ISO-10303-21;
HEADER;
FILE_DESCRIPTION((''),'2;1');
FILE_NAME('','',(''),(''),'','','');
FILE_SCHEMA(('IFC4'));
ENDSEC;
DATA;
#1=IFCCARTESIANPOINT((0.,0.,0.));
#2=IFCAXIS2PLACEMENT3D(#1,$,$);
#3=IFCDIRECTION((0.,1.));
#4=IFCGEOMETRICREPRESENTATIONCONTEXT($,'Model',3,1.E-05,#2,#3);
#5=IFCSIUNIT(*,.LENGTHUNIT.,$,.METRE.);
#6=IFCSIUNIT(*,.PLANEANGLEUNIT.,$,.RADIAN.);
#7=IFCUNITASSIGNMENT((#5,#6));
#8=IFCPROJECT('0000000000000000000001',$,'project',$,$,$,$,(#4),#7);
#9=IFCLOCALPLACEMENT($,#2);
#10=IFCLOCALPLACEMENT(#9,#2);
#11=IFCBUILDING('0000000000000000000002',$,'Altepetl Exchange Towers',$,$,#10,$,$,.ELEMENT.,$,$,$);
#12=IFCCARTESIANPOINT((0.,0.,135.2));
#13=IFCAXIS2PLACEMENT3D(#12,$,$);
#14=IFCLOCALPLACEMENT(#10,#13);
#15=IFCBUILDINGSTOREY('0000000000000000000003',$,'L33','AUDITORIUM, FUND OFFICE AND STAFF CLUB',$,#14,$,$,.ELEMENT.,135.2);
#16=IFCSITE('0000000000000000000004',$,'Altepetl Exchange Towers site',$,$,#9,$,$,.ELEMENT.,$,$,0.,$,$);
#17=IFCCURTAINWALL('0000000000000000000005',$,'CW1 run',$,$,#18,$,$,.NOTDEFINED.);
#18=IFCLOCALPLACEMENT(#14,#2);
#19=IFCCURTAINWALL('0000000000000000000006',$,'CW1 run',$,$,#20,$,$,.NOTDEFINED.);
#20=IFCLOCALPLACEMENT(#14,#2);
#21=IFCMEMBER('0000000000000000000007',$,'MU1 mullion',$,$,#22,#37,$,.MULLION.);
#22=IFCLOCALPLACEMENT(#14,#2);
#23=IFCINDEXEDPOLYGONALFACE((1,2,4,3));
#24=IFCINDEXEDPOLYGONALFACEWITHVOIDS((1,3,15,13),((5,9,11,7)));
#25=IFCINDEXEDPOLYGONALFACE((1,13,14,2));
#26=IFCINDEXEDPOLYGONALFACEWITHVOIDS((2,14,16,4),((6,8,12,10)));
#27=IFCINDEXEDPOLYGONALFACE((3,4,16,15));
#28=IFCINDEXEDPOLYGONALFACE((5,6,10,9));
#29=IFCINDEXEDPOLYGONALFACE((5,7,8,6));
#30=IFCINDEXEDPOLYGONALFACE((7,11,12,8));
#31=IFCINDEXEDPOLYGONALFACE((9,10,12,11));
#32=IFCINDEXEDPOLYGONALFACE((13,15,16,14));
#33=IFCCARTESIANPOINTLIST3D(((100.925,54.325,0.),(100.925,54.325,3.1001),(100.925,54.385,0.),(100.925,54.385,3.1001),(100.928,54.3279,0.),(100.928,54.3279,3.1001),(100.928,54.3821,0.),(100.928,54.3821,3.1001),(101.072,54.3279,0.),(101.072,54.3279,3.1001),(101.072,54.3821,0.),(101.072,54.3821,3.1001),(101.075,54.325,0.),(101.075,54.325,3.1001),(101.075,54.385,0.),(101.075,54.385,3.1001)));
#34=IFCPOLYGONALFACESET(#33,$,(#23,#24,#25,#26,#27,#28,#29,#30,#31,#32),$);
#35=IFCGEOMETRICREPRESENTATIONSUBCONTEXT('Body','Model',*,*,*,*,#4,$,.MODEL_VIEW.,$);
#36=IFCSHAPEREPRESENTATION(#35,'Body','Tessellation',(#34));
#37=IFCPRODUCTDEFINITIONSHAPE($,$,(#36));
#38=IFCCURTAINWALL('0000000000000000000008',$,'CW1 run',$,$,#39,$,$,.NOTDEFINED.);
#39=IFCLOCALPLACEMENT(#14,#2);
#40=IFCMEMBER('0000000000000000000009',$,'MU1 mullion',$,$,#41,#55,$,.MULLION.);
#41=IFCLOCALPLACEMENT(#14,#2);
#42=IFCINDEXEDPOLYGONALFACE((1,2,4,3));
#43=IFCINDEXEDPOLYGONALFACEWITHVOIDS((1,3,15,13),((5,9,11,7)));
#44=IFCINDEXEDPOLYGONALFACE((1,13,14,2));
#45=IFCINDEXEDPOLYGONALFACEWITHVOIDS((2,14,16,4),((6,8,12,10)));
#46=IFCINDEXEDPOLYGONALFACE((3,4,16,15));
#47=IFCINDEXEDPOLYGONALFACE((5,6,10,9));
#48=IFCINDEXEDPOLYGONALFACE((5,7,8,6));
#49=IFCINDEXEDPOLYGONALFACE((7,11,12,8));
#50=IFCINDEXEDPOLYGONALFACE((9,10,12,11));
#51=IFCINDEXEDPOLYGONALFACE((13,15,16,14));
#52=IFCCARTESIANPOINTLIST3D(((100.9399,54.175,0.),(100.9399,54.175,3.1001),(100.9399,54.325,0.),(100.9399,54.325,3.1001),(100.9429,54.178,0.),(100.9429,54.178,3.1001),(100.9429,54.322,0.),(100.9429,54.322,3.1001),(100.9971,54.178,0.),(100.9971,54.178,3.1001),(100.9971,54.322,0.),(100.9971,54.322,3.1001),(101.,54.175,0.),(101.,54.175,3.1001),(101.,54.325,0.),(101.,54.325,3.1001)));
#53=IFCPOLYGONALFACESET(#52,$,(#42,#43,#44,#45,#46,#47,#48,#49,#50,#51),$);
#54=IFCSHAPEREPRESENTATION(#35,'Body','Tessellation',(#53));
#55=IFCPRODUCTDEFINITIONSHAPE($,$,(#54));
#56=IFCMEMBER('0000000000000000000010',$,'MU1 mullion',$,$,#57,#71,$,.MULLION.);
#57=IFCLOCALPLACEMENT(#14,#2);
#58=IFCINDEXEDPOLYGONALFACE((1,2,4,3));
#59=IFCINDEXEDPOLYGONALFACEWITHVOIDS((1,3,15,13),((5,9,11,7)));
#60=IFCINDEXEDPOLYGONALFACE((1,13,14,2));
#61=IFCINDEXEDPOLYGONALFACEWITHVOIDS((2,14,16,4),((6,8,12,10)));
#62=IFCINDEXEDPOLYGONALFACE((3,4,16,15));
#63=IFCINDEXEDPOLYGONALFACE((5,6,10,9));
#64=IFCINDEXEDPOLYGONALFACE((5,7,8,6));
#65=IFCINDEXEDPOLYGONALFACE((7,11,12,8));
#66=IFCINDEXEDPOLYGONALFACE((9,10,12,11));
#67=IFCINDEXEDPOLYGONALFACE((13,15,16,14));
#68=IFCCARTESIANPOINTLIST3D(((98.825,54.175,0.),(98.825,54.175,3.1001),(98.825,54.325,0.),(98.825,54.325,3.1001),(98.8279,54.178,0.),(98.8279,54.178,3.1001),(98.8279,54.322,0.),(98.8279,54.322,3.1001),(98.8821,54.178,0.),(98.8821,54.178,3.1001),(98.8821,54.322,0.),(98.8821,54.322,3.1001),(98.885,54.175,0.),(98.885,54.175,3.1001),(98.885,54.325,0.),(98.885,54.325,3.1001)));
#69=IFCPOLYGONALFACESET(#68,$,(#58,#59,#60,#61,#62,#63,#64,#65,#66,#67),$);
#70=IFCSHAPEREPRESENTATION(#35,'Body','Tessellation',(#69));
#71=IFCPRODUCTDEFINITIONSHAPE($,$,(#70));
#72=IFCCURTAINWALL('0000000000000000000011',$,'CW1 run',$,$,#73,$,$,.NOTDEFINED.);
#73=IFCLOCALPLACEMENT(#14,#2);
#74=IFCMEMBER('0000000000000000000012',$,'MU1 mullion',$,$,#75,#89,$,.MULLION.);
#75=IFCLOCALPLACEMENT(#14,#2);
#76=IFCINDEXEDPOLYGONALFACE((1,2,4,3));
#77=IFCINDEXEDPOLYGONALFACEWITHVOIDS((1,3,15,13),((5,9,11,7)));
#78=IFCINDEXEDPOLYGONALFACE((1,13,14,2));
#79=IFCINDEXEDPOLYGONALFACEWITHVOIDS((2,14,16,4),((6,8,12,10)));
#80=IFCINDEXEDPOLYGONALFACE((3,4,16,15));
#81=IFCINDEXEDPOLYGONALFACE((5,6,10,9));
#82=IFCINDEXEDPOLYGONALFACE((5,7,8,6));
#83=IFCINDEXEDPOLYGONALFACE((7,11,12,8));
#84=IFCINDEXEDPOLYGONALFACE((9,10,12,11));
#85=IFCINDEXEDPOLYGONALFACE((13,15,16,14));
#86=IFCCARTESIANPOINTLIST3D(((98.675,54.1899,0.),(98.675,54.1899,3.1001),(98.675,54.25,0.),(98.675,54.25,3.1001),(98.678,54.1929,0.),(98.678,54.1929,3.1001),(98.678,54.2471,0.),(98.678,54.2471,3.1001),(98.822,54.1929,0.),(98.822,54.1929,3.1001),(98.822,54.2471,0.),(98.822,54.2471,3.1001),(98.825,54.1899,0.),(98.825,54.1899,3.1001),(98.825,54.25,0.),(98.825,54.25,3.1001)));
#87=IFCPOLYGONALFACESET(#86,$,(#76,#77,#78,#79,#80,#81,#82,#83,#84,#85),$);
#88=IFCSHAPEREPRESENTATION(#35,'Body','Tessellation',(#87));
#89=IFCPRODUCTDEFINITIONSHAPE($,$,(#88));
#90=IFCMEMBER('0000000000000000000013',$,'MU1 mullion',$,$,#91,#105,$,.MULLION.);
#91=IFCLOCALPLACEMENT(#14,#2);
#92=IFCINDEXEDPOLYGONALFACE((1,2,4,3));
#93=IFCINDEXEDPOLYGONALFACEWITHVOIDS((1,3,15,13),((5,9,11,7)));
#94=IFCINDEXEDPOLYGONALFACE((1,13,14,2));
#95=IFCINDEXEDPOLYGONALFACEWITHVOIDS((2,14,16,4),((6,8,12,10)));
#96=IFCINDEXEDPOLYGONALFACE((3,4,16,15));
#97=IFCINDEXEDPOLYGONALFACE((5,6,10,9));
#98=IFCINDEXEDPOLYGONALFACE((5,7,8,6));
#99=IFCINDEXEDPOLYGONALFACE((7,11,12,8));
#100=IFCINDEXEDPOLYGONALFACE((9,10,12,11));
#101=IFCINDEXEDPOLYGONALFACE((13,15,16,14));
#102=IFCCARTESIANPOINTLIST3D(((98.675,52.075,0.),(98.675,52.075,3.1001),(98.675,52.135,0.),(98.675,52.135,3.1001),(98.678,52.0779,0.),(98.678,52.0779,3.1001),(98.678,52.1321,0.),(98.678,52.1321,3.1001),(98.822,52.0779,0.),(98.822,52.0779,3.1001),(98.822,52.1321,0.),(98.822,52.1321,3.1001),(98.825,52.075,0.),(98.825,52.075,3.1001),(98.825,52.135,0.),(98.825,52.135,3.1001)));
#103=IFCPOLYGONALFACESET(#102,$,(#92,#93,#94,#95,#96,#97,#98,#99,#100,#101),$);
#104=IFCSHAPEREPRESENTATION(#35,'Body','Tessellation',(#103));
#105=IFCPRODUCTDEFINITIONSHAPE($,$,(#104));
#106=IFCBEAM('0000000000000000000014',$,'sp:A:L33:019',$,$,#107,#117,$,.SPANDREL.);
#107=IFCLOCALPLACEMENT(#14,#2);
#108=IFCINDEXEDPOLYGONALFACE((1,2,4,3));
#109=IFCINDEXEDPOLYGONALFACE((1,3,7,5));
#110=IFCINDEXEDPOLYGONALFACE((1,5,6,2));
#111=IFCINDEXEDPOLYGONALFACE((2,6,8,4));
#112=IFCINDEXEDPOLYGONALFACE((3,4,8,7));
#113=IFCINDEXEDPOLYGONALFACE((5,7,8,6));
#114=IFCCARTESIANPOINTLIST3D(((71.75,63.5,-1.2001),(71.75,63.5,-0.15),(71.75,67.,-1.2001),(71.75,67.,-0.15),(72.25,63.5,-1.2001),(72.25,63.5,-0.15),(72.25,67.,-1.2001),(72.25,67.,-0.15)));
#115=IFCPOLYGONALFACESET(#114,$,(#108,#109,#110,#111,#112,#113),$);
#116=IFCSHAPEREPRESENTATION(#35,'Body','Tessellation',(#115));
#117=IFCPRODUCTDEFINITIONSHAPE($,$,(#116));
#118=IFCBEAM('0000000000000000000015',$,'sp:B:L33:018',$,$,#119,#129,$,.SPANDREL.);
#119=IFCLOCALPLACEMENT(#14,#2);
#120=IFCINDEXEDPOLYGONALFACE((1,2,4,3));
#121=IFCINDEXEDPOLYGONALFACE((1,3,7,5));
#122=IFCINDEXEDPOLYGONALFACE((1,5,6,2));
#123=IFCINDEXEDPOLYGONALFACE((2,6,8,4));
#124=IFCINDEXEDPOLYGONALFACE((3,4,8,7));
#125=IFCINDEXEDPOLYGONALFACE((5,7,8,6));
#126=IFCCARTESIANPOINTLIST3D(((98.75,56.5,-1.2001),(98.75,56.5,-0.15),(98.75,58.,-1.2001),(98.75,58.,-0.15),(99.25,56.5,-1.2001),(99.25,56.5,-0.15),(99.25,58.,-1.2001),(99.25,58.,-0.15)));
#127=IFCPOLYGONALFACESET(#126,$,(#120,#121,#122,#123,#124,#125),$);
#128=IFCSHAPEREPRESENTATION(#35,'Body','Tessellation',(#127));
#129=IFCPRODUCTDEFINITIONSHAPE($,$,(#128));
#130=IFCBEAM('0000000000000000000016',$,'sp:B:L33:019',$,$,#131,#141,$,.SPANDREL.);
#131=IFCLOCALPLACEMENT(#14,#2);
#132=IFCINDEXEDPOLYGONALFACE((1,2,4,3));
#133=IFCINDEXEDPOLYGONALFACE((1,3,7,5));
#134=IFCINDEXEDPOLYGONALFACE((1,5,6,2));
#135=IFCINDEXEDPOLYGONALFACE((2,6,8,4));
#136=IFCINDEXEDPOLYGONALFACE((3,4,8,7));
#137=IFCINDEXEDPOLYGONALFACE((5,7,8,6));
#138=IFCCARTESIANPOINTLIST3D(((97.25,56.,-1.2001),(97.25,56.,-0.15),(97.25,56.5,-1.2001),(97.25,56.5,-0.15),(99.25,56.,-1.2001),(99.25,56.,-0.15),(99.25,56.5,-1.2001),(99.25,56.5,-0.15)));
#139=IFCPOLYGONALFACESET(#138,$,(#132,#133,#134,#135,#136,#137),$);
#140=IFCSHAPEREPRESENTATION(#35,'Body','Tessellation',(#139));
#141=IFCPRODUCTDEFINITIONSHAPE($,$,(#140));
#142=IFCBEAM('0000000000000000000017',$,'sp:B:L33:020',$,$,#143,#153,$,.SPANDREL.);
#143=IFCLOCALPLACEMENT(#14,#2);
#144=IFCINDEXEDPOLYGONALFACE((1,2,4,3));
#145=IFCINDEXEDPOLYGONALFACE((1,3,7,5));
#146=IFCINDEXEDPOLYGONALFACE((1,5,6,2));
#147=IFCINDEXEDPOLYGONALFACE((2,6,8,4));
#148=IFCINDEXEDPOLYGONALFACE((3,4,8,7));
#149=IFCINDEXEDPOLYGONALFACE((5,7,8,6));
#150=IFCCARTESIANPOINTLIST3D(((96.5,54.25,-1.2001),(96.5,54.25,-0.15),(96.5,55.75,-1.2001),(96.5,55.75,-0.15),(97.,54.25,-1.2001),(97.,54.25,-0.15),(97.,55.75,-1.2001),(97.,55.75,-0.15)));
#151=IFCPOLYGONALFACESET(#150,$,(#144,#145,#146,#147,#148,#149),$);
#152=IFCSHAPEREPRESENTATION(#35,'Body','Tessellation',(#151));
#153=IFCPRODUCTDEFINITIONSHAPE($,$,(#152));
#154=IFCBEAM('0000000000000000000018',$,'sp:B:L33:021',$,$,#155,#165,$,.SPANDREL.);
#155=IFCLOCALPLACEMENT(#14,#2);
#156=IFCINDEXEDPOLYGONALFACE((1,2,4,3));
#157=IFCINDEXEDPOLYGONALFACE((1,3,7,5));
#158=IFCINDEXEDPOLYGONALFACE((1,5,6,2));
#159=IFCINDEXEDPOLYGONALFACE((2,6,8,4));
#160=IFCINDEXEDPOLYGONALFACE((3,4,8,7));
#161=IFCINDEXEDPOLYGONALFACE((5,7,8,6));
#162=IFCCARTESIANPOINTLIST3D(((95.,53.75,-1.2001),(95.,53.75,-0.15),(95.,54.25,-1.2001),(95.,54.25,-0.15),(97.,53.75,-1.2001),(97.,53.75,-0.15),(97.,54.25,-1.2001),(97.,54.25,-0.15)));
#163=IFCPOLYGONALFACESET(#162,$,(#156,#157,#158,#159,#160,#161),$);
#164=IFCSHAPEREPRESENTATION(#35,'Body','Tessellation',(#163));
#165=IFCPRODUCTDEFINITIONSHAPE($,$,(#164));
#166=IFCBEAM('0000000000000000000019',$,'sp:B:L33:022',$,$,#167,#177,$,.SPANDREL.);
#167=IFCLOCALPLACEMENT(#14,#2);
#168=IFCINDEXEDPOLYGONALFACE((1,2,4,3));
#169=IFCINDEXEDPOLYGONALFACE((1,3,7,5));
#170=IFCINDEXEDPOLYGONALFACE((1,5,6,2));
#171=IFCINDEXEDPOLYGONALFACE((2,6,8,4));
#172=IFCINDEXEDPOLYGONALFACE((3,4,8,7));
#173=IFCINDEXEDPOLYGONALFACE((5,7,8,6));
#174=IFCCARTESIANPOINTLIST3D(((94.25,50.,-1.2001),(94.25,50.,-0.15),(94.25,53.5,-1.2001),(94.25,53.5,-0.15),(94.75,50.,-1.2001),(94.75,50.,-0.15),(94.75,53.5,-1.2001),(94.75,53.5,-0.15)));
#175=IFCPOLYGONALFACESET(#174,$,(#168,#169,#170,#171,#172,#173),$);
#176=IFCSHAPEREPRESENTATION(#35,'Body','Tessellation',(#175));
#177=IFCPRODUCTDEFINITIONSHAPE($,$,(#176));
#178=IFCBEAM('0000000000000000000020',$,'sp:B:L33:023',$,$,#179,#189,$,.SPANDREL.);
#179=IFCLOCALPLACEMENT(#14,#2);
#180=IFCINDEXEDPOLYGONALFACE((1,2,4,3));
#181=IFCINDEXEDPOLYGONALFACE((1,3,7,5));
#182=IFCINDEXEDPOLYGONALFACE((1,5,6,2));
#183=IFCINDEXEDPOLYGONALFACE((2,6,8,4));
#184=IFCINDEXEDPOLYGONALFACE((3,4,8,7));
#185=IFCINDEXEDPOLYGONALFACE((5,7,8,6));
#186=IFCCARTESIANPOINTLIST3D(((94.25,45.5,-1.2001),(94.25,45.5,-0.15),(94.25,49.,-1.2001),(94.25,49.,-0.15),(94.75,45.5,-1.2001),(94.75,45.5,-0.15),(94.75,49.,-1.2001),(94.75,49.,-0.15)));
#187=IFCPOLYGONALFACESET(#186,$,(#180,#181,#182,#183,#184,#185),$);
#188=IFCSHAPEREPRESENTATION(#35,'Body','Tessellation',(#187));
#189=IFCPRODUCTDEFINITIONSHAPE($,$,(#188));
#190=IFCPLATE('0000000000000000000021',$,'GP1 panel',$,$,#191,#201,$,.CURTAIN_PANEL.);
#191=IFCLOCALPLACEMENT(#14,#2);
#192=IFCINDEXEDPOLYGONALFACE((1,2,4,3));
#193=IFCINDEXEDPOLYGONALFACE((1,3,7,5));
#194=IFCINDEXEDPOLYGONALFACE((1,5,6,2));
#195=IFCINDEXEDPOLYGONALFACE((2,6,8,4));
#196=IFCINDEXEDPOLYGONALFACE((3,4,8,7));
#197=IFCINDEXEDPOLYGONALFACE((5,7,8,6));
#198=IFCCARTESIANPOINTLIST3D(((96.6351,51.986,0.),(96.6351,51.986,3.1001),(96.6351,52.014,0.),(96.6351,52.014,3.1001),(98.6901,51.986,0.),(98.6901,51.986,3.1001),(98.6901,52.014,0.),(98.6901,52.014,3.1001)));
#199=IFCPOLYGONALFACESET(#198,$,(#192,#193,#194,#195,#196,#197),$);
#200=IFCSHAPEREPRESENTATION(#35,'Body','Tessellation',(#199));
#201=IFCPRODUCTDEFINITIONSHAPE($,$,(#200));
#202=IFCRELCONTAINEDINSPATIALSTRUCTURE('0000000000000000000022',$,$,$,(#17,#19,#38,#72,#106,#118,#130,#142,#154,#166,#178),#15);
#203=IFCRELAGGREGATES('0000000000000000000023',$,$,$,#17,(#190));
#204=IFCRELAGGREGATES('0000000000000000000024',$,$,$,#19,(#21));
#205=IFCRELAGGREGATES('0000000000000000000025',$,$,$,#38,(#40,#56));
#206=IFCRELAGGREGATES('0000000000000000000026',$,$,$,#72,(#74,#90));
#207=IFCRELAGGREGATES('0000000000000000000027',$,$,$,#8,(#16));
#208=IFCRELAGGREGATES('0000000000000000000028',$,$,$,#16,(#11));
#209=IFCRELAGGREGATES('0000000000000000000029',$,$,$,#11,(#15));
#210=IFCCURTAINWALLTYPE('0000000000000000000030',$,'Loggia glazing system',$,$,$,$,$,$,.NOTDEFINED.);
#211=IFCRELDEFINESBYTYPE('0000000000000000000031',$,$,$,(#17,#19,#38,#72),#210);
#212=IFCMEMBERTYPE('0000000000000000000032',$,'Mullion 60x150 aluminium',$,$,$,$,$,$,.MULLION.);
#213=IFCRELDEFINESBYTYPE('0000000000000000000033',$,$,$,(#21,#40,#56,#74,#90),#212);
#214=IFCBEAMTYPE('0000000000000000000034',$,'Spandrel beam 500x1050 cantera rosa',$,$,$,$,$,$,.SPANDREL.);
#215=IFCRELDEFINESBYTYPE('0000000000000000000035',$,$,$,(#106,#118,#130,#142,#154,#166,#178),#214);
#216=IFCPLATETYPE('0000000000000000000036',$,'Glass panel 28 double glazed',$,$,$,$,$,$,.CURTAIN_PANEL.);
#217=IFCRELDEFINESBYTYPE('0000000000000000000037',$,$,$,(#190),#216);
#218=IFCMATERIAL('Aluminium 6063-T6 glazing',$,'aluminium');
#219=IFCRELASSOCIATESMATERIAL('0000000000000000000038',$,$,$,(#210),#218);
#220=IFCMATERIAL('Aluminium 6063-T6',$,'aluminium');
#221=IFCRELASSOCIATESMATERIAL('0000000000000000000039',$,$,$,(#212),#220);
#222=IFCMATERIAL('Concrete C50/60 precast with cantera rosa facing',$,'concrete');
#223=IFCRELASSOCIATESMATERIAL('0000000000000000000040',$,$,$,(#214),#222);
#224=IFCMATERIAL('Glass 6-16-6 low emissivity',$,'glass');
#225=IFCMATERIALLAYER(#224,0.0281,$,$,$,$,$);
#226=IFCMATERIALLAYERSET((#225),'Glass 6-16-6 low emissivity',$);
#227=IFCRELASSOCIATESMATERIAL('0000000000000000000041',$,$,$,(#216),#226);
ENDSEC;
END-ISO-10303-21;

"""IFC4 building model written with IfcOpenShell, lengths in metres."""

from ifc_helpers import new_model, si_unit, direction, frame, origin, origin_2d, place, context, subcontext, project, spatial, rectangle, hollow_rectangle, extrude, material, layer, layer_set, material_profile, profile_set, type_object, element, aggregate, save


model = new_model("IFC4")

# Units and contexts
model_context = context("Model", 3, precision=1e-05, world=origin(), true_north=direction((0.0, 1.0)))
body_context = subcontext(model_context, "Body", "Model", "MODEL_VIEW")
ifc_project = project(units=[si_unit("LENGTHUNIT", "METRE"), si_unit("PLANEANGLEUNIT", "RADIAN")], contexts=[model_context])

# Site, building, storey
site_placement = place(None, origin())
site = spatial("IfcSite", under=ifc_project, at=site_placement, Name="Altepetl Exchange Towers site", CompositionType="ELEMENT", RefElevation=0.0)
building_placement = place(site_placement, origin())
building = spatial("IfcBuilding", under=site, at=building_placement, Name="Altepetl Exchange Towers", CompositionType="ELEMENT")
storey_placement = place(building_placement, frame((0.0, 0.0, 135.2)))
storey = spatial("IfcBuildingStorey", under=building, at=storey_placement, Name="L33", Description="AUDITORIUM, FUND OFFICE AND STAFF CLUB", CompositionType="ELEMENT", Elevation=135.2)

# Curtain walls, members
ifc_material_1 = material(Name="Aluminium 6063-T6 glazing", Category="aluminium")
curtain_wall_type = type_object("IfcCurtainWallType", Name="Loggia glazing system", PredefinedType="NOTDEFINED", material=ifc_material_1)
curtain_wall_1_placement = place(storey_placement, origin())
curtain_wall_1 = element("IfcCurtainWall", 1, at=curtain_wall_1_placement, inside=storey, type_object=curtain_wall_type, Name="CW1 run", PredefinedType="NOTDEFINED")
ifc_material_2 = material(Name="Aluminium 6063-T6", Category="aluminium")
ifc_material_profile_1 = material_profile(ifc_material_2, hollow_rectangle(XDim=0.0601, YDim=0.1499, WallThickness=0.0029, at=origin_2d()), Name="Mullion 60x150 aluminium")
ifc_profile_set_1 = profile_set([ifc_material_profile_1], Name="Aluminium 6063-T6")
member_type = type_object("IfcMemberType", Name="Mullion 60x150 aluminium", PredefinedType="MULLION", material=ifc_profile_set_1)
curtain_wall_2_placement = place(storey_placement, origin())
curtain_wall_2 = element("IfcCurtainWall", 2, at=curtain_wall_2_placement, inside=storey, type_object=curtain_wall_type, Name="CW1 run", PredefinedType="NOTDEFINED")
member_1_placement = place(storey_placement, frame((101.0, 54.355, 0.0), z_axis=(0.0, 0.0, 1.0), x_axis=(0.0, -1.0, 0.0)))
member_1 = element("IfcMember", 3, at=member_1_placement, type_object=member_type, Name="MU1 mullion", PredefinedType="MULLION", context=body_context, shape_type="SweptSolid", body=[
    extrude(hollow_rectangle(XDim=0.0601, YDim=0.1499, WallThickness=0.0029, at=origin_2d()), origin(), (0.0, 0.0, 1.0), 3.1001),
])
curtain_wall_3_placement = place(storey_placement, origin())
curtain_wall_3 = element("IfcCurtainWall", 4, at=curtain_wall_3_placement, inside=storey, type_object=curtain_wall_type, Name="CW1 run", PredefinedType="NOTDEFINED")
member_2_placement = place(storey_placement, frame((100.97, 54.25, 0.0), z_axis=(0.0, 0.0, 1.0), x_axis=(-1.0, 0.0, 0.0)))
member_2 = element("IfcMember", 5, at=member_2_placement, type_object=member_type, Name="MU1 mullion", PredefinedType="MULLION", context=body_context, shape_type="SweptSolid", body=[
    extrude(hollow_rectangle(XDim=0.0601, YDim=0.1499, WallThickness=0.0029, at=origin_2d()), origin(), (0.0, 0.0, 1.0), 3.1001),
])
member_3_placement = place(storey_placement, frame((98.855, 54.25, 0.0), z_axis=(0.0, 0.0, 1.0), x_axis=(-1.0, 0.0, 0.0)))
member_3 = element("IfcMember", 6, at=member_3_placement, type_object=member_type, Name="MU1 mullion", PredefinedType="MULLION", context=body_context, shape_type="SweptSolid", body=[
    extrude(hollow_rectangle(XDim=0.0601, YDim=0.1499, WallThickness=0.0029, at=origin_2d()), origin(), (0.0, 0.0, 1.0), 3.1001),
])
curtain_wall_4_placement = place(storey_placement, origin())
curtain_wall_4 = element("IfcCurtainWall", 7, at=curtain_wall_4_placement, inside=storey, type_object=curtain_wall_type, Name="CW1 run", PredefinedType="NOTDEFINED")
member_4_placement = place(storey_placement, frame((98.75, 54.22, 0.0), z_axis=(0.0, 0.0, 1.0), x_axis=(0.0, -1.0, 0.0)))
member_4 = element("IfcMember", 8, at=member_4_placement, type_object=member_type, Name="MU1 mullion", PredefinedType="MULLION", context=body_context, shape_type="SweptSolid", body=[
    extrude(hollow_rectangle(XDim=0.0601, YDim=0.1499, WallThickness=0.0029, at=origin_2d()), origin(), (0.0, 0.0, 1.0), 3.1001),
])
member_5_placement = place(storey_placement, frame((98.75, 52.105, 0.0), z_axis=(0.0, 0.0, 1.0), x_axis=(0.0, -1.0, 0.0)))
member_5 = element("IfcMember", 9, at=member_5_placement, type_object=member_type, Name="MU1 mullion", PredefinedType="MULLION", context=body_context, shape_type="SweptSolid", body=[
    extrude(hollow_rectangle(XDim=0.0601, YDim=0.1499, WallThickness=0.0029, at=origin_2d()), origin(), (0.0, 0.0, 1.0), 3.1001),
])

# Beams
ifc_material_3 = material(Name="Concrete C50/60 precast with cantera rosa facing", Category="concrete")
ifc_material_profile_2 = material_profile(ifc_material_3, rectangle(XDim=0.5, YDim=1.05, at=origin_2d()), Name="500 x 1050")
ifc_profile_set_2 = profile_set([ifc_material_profile_2], Name="Concrete C50/60 precast with cantera rosa facing")
beam_type_1 = type_object("IfcBeamType", Name="Spandrel beam 500x1050 cantera rosa", PredefinedType="SPANDREL", material=ifc_profile_set_2)
beam_1_placement = place(storey_placement, frame((72.0, 63.5, -0.675), z_axis=(0.0, 1.0, 0.0), x_axis=(-1.0, 0.0, 0.0)))
element("IfcBeam", 10, at=beam_1_placement, inside=storey, type_object=beam_type_1, Name="sp:A:L33:019", PredefinedType="SPANDREL", context=body_context, shape_type="SweptSolid", body=[
    extrude(rectangle(XDim=0.5, YDim=1.05, at=origin_2d()), origin(), (0.0, 0.0, 1.0), 3.5),
])
beam_2_placement = place(storey_placement, frame((99.0, 58.0, -0.675), z_axis=(0.0, -1.0, 0.0), x_axis=(1.0, 0.0, 0.0)))
element("IfcBeam", 11, at=beam_2_placement, inside=storey, type_object=beam_type_1, Name="sp:B:L33:018", PredefinedType="SPANDREL", context=body_context, shape_type="SweptSolid", body=[
    extrude(rectangle(XDim=0.5, YDim=1.05, at=origin_2d()), origin(), (0.0, 0.0, 1.0), 1.5),
])
beam_3_placement = place(storey_placement, frame((99.25, 56.25, -0.675), z_axis=(-1.0, 0.0, 0.0), x_axis=(0.0, -1.0, 0.0)))
element("IfcBeam", 12, at=beam_3_placement, inside=storey, type_object=beam_type_1, Name="sp:B:L33:019", PredefinedType="SPANDREL", context=body_context, shape_type="SweptSolid", body=[
    extrude(rectangle(XDim=0.5, YDim=1.05, at=origin_2d()), origin(), (0.0, 0.0, 1.0), 2.0),
])
beam_4_placement = place(storey_placement, frame((96.75, 55.75, -0.675), z_axis=(0.0, -1.0, 0.0), x_axis=(1.0, 0.0, 0.0)))
element("IfcBeam", 13, at=beam_4_placement, inside=storey, type_object=beam_type_1, Name="sp:B:L33:020", PredefinedType="SPANDREL", context=body_context, shape_type="SweptSolid", body=[
    extrude(rectangle(XDim=0.5, YDim=1.05, at=origin_2d()), origin(), (0.0, 0.0, 1.0), 1.5),
])
beam_5_placement = place(storey_placement, frame((97.0, 54.0, -0.675), z_axis=(-1.0, 0.0, 0.0), x_axis=(0.0, -1.0, 0.0)))
element("IfcBeam", 14, at=beam_5_placement, inside=storey, type_object=beam_type_1, Name="sp:B:L33:021", PredefinedType="SPANDREL", context=body_context, shape_type="SweptSolid", body=[
    extrude(rectangle(XDim=0.5, YDim=1.05, at=origin_2d()), origin(), (0.0, 0.0, 1.0), 2.0),
])
for number, where, z_axis, x_axis, name in (
    (15, (94.5, 53.5, -0.675), (0.0, -1.0, 0.0), (1.0, 0.0, 0.0), "sp:B:L33:022"),
    (16, (94.5, 49.0, -0.675), (0.0, -1.0, 0.0), (1.0, 0.0, 0.0), "sp:B:L33:023"),
):
    element("IfcBeam", number, at=place(storey_placement, frame(where, z_axis=z_axis, x_axis=x_axis)), inside=storey, type_object=beam_type_1, Name=name, PredefinedType="SPANDREL", context=body_context, shape_type="SweptSolid", body=[
        extrude(rectangle(XDim=0.5, YDim=1.05, at=origin_2d()), origin(), (0.0, 0.0, 1.0), 3.5),
    ])

# Plate
ifc_material_4 = material(Name="Glass 6-16-6 low emissivity", Category="glass")
ifc_layer_1 = layer(ifc_material_4, 0.0281)
ifc_layer_set_1 = layer_set([ifc_layer_1], Name="Glass 6-16-6 low emissivity")
plate_type = type_object("IfcPlateType", Name="Glass panel 28 double glazed", PredefinedType="CURTAIN_PANEL", material=ifc_layer_set_1)
plate_1_placement = place(storey_placement, frame((97.6626, 52.0, 0.0), z_axis=(0.0, 0.0, 1.0), x_axis=(-1.0, 0.0, 0.0)))
plate_1 = element("IfcPlate", 17, at=plate_1_placement, type_object=plate_type, Name="GP1 panel", PredefinedType="CURTAIN_PANEL", context=body_context, shape_type="SweptSolid", body=[
    extrude(rectangle(XDim=2.0549, YDim=0.0281, at=origin_2d()), origin(), (0.0, 0.0, 1.0), 3.1001),
])
aggregate(curtain_wall_1, [plate_1])
aggregate(curtain_wall_2, [member_1])
aggregate(curtain_wall_3, [member_2, member_3])
aggregate(curtain_wall_4, [member_4, member_5])

save(model, "model.ifc")
